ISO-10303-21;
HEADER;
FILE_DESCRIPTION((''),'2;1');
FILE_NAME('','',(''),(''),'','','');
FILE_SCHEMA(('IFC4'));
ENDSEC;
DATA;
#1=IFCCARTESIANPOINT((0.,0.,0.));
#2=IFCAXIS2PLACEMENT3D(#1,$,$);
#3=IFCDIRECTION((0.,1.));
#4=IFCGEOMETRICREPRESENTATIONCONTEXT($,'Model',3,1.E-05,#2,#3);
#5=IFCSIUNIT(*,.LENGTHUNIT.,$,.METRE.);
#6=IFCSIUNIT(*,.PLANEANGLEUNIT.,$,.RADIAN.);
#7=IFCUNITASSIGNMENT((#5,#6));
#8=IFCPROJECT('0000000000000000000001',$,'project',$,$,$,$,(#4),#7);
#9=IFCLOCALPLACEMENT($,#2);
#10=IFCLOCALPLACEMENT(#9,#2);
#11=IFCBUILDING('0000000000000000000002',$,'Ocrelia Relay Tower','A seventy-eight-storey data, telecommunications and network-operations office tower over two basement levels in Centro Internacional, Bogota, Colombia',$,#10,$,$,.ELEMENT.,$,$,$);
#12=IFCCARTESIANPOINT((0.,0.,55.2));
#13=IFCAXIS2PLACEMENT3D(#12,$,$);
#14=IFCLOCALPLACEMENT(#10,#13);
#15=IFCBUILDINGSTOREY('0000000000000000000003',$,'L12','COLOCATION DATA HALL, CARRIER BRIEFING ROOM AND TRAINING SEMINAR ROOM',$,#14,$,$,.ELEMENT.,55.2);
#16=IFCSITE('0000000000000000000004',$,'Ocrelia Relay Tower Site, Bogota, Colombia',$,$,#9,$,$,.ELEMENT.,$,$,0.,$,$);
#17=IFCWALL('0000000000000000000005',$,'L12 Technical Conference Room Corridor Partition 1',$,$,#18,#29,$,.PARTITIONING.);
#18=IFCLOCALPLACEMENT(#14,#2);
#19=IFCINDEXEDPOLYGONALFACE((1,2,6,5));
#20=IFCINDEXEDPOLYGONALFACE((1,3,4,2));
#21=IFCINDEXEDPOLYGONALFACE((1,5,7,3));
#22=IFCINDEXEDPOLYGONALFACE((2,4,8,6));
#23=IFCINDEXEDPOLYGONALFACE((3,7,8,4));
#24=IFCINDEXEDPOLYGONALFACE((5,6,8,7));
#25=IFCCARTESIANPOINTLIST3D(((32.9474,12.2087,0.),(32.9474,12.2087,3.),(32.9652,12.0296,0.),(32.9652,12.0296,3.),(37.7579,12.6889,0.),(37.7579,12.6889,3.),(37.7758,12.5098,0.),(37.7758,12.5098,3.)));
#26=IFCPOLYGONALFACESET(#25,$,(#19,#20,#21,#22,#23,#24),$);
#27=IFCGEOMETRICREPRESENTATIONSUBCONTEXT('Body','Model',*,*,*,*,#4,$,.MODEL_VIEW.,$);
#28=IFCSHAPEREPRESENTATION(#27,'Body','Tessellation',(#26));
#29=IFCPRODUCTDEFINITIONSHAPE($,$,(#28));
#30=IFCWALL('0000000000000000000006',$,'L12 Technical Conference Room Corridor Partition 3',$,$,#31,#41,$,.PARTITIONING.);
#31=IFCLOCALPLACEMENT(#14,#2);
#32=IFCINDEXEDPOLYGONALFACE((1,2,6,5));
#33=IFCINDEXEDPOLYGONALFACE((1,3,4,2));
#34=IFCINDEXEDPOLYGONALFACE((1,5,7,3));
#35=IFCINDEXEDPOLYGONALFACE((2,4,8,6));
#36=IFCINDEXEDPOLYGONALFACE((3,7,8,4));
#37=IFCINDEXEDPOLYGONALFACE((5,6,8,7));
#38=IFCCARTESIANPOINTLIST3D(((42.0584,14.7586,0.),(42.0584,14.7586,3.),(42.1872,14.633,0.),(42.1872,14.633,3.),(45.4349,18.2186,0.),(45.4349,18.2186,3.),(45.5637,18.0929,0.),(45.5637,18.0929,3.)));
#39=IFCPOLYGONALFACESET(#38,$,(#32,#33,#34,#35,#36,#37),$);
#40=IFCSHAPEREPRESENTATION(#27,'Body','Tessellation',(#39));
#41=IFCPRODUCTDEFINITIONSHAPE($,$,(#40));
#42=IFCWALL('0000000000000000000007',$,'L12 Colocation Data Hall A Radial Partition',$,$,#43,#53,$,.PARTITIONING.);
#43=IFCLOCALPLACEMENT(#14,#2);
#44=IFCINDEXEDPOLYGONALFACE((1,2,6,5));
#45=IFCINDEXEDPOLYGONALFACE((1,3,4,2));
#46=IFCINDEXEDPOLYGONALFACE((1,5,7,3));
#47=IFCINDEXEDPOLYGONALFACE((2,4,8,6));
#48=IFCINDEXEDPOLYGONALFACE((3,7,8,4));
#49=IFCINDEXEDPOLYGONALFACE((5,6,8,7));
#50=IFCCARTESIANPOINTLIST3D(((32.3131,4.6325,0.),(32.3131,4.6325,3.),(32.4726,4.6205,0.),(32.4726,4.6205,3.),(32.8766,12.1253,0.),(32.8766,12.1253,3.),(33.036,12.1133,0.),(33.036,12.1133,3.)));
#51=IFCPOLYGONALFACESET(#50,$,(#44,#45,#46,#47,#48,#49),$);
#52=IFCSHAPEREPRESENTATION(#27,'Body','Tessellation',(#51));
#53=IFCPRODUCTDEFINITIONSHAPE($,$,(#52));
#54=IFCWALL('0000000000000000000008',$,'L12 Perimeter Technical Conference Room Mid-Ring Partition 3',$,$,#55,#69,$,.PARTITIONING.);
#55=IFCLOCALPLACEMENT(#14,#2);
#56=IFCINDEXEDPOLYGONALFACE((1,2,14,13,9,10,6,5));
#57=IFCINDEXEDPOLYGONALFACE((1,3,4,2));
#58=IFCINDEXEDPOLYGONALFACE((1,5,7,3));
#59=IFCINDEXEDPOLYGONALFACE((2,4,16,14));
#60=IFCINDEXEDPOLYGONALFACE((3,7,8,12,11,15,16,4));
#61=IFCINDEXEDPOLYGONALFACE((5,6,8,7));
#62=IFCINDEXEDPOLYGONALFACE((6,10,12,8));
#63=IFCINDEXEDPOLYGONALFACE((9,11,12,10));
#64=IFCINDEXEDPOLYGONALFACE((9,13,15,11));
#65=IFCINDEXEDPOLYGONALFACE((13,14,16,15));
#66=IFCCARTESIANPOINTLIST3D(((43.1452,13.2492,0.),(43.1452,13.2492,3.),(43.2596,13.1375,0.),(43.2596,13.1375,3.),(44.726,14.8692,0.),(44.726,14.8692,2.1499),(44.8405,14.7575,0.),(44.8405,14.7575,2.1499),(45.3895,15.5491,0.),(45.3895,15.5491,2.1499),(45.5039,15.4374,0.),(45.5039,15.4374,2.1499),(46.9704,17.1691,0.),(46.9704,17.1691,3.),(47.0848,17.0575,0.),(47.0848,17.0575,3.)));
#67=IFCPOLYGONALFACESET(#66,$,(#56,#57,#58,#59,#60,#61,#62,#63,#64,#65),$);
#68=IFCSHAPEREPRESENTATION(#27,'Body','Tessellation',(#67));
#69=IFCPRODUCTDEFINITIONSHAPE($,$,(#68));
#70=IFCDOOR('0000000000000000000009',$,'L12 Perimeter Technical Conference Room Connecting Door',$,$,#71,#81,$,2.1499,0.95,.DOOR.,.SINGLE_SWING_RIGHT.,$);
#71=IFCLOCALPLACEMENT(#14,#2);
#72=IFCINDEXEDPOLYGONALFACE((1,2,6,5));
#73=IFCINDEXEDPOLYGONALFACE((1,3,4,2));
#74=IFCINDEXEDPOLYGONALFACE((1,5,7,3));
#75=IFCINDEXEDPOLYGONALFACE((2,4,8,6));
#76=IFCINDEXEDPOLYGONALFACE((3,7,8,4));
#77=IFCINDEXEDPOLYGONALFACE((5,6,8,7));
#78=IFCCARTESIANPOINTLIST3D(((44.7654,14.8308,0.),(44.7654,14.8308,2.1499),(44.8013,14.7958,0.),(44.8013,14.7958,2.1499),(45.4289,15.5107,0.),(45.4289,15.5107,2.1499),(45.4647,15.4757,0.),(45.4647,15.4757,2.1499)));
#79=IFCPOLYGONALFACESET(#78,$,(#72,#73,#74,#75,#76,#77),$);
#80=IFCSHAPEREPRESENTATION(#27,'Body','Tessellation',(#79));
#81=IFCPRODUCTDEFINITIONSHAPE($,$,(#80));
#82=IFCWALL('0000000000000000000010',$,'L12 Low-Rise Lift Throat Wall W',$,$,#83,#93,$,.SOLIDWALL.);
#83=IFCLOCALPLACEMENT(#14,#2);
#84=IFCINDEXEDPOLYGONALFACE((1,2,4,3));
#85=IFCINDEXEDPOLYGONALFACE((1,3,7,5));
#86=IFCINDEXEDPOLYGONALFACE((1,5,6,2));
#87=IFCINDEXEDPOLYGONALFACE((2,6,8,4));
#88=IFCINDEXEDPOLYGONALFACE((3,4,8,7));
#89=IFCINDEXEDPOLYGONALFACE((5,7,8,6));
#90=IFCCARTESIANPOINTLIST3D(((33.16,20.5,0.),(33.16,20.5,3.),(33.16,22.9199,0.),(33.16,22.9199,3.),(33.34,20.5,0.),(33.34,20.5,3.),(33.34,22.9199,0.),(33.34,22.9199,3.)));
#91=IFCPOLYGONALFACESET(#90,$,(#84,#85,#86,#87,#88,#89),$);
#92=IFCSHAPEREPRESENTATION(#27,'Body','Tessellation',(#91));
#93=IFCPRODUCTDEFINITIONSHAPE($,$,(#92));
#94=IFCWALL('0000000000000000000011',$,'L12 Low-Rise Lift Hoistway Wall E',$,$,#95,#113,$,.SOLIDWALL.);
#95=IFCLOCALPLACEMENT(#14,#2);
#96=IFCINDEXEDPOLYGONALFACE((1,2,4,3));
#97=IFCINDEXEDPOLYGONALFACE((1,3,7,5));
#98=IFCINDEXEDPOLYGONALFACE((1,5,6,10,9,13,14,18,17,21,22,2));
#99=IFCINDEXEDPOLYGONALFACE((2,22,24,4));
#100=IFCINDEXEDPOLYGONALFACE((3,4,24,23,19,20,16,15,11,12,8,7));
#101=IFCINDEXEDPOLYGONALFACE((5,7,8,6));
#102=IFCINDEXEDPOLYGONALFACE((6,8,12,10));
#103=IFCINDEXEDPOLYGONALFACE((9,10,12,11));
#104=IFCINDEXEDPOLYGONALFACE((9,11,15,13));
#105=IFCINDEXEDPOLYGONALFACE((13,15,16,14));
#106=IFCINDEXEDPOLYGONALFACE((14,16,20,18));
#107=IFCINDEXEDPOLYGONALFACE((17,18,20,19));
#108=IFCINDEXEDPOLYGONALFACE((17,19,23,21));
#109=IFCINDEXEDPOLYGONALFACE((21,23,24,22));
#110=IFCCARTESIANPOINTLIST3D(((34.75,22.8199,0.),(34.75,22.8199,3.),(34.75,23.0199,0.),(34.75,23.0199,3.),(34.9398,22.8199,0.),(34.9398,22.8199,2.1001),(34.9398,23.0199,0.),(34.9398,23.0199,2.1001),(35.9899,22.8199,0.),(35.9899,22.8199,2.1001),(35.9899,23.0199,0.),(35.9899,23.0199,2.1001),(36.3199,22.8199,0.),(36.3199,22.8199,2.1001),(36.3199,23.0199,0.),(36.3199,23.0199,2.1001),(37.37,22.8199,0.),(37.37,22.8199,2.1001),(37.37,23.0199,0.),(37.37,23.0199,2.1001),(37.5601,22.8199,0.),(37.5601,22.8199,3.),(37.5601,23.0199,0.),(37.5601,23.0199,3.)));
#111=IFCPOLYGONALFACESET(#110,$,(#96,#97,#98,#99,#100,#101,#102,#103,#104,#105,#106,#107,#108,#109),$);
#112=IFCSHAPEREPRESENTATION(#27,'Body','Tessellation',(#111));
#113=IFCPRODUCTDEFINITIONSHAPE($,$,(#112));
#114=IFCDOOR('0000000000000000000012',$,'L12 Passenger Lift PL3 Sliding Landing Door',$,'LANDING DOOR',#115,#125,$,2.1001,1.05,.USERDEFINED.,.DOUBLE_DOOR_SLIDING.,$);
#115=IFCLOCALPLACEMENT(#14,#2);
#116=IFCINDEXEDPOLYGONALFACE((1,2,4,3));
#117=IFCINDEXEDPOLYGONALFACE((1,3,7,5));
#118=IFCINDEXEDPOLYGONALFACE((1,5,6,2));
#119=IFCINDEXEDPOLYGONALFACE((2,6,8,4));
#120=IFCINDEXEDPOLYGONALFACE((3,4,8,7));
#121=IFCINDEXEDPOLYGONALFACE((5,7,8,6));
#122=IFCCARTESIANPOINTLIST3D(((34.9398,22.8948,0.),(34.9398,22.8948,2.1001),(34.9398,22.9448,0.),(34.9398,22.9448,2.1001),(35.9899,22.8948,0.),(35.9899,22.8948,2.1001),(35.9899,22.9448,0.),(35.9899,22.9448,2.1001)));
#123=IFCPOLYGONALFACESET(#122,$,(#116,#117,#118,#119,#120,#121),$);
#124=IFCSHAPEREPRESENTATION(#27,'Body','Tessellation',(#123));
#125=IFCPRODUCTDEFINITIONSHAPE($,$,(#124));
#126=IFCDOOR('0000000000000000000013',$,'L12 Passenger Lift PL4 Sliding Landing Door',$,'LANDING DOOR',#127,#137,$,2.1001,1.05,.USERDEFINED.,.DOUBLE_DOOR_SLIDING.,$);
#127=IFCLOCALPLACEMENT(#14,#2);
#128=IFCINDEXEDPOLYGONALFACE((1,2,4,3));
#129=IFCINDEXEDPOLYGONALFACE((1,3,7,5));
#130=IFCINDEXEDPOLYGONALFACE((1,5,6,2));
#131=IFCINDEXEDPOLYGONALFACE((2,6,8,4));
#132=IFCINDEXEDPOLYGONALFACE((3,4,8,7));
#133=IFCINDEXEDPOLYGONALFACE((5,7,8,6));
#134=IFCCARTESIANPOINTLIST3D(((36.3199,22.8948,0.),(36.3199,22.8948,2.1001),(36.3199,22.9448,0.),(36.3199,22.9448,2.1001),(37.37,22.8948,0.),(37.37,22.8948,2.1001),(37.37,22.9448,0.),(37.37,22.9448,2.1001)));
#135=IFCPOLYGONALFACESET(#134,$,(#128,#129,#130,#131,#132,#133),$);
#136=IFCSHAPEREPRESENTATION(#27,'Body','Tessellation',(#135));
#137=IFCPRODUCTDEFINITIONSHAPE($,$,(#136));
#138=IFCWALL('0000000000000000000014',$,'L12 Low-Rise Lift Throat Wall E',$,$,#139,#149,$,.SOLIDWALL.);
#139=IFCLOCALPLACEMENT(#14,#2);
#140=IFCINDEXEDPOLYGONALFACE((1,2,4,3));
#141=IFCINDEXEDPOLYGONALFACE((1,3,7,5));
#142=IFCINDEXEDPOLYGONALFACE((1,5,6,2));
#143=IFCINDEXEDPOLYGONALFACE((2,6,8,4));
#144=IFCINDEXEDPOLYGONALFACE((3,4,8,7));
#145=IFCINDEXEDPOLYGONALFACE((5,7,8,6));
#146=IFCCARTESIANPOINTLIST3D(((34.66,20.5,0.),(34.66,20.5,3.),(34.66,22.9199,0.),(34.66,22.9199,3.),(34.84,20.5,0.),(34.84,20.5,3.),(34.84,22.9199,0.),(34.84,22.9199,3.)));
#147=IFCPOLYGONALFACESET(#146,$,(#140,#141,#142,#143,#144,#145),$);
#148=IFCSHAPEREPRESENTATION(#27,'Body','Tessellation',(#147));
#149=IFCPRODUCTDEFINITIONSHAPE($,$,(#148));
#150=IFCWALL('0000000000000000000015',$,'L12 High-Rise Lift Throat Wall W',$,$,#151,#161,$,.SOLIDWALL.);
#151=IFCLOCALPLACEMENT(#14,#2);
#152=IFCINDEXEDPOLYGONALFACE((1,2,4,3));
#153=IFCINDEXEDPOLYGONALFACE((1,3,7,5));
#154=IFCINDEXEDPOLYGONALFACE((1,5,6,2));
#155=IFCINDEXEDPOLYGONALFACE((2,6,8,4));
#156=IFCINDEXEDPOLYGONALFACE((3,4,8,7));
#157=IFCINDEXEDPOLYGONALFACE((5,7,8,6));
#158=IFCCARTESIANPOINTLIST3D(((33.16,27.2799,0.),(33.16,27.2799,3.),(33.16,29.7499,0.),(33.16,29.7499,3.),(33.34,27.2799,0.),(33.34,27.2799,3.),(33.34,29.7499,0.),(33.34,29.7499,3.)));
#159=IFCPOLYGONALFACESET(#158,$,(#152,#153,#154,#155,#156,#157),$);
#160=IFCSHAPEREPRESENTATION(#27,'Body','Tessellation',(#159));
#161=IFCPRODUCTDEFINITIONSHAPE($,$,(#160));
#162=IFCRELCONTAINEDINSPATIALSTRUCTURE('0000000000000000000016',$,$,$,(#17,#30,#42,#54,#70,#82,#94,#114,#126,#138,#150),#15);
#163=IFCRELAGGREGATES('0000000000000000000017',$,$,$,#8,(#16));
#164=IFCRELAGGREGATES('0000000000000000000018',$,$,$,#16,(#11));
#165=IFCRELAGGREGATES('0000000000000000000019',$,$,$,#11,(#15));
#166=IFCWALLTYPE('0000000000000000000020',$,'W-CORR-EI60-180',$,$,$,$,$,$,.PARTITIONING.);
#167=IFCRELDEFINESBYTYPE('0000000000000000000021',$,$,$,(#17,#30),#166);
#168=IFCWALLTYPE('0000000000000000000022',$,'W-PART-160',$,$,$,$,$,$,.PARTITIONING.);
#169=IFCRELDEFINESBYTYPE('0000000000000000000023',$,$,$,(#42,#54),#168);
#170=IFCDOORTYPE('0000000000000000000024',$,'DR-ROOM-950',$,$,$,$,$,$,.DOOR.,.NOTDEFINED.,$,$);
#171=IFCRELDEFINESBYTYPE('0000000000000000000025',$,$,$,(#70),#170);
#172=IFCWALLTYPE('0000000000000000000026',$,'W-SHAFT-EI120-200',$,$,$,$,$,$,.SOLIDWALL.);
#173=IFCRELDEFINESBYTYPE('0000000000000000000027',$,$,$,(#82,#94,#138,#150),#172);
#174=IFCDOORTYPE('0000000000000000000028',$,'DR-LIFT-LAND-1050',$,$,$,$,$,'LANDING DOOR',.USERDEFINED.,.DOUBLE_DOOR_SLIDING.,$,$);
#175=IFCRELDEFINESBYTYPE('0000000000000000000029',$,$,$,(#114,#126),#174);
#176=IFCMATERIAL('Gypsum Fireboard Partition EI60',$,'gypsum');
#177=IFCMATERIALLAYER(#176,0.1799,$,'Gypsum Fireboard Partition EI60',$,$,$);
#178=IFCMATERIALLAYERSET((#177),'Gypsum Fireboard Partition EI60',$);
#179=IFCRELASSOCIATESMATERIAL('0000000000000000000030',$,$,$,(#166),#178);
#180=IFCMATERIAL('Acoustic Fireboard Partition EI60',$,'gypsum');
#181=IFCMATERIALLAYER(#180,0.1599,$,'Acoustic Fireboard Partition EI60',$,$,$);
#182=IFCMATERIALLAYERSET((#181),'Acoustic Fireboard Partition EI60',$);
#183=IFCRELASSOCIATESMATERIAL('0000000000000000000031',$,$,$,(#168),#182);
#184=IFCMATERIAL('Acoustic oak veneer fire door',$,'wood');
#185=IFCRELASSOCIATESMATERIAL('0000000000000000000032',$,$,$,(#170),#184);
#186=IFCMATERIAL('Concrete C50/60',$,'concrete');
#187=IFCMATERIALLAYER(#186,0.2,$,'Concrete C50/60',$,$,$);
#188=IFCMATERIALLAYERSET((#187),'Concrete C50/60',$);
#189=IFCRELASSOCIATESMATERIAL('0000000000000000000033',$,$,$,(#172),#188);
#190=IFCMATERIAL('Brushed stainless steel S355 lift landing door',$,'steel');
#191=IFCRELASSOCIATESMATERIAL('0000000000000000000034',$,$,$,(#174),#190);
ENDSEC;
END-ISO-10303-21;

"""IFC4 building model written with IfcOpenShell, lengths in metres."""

from ifc_helpers import new_model, si_unit, direction, frame, frame_2d, origin, place, context, subcontext, project, spatial, rectangle, extrude, material, layer, layer_set, type_object, element, fill, save


model = new_model("IFC4")

# Units and contexts
model_context = context("Model", 3, precision=1e-05, world=origin(), true_north=direction((0.0, 1.0)))
body_context = subcontext(model_context, "Body", "Model", "MODEL_VIEW")
ifc_project = project(units=[si_unit("LENGTHUNIT", "METRE"), si_unit("PLANEANGLEUNIT", "RADIAN")], contexts=[model_context])

# Site, building, storey
site_placement = place(None, origin())
site = spatial("IfcSite", under=ifc_project, at=site_placement, Name="Ocrelia Relay Tower Site, Bogota, Colombia", CompositionType="ELEMENT", RefElevation=0.0)
building_placement = place(site_placement, origin())
building = spatial("IfcBuilding", under=site, at=building_placement, Name="Ocrelia Relay Tower", Description="A seventy-eight-storey data, telecommunications and network-operations office tower over two basement levels in Centro Internacional, Bogota, Colombia", CompositionType="ELEMENT")
storey_placement = place(building_placement, frame((0.0, 0.0, 55.2)))
storey = spatial("IfcBuildingStorey", under=building, at=storey_placement, Name="L12", Description="COLOCATION DATA HALL, CARRIER BRIEFING ROOM AND TRAINING SEMINAR ROOM", CompositionType="ELEMENT", Elevation=55.2)

# Wall
ifc_material_1 = material(Name="Gypsum Fireboard Partition EI60", Category="gypsum")
ifc_layer_1 = layer(ifc_material_1, 0.1799, Name="Gypsum Fireboard Partition EI60")
ifc_layer_set_1 = layer_set([ifc_layer_1], Name="Gypsum Fireboard Partition EI60")
wall_type_1 = type_object("IfcWallType", Name="W-CORR-EI60-180", PredefinedType="PARTITIONING", material=ifc_layer_set_1)
wall_1_placement = place(storey_placement, frame((32.9563, 12.1191, 0.0), z_axis=(0.0, 0.0, 1.0), x_axis=(0.995054, 0.099334, 0.0)))
element("IfcWall", 1, at=wall_1_placement, inside=storey, type_object=wall_type_1, Name="L12 Technical Conference Room Corridor Partition 1", PredefinedType="PARTITIONING", context=body_context, shape_type="SweptSolid", body=[
    extrude(rectangle(XDim=4.8345, YDim=0.1799, at=frame_2d((2.4172, 0.0))), origin(), (0.0, 0.0, 1.0), 3.0),
])

# Shared definitions
ifc_material_2 = material(Name="Acoustic oak veneer fire door", Category="wood")

# Walls
wall_2_placement = place(storey_placement, frame((42.1228, 14.6958, 0.0), z_axis=(0.0, 0.0, 1.0), x_axis=(0.698419, 0.71569, 0.0)))
element("IfcWall", 2, at=wall_2_placement, inside=storey, type_object=wall_type_1, Name="L12 Technical Conference Room Corridor Partition 3", PredefinedType="PARTITIONING", context=body_context, shape_type="SweptSolid", body=[
    extrude(rectangle(XDim=4.8345, YDim=0.1799, at=frame_2d((2.4172, 0.0))), origin(), (0.0, 0.0, 1.0), 3.0),
])
ifc_material_3 = material(Name="Acoustic Fireboard Partition EI60", Category="gypsum")
ifc_layer_2 = layer(ifc_material_3, 0.1599, Name="Acoustic Fireboard Partition EI60")
ifc_layer_set_2 = layer_set([ifc_layer_2], Name="Acoustic Fireboard Partition EI60")
wall_type_2 = type_object("IfcWallType", Name="W-PART-160", PredefinedType="PARTITIONING", material=ifc_layer_set_2)
wall_3_placement = place(storey_placement, frame((32.9563, 12.1191, 0.0), z_axis=(0.0, 0.0, 1.0), x_axis=(-0.074992, -0.997184, 0.0)))
element("IfcWall", 3, at=wall_3_placement, inside=storey, type_object=wall_type_2, Name="L12 Colocation Data Hall A Radial Partition", PredefinedType="PARTITIONING", context=body_context, shape_type="SweptSolid", body=[
    extrude(rectangle(XDim=7.5139, YDim=0.1599, at=frame_2d((3.7568, 0.0))), origin(), (0.0, 0.0, 1.0), 3.0),
])

# Wall, opening, door
wall_4_placement = place(storey_placement, frame((43.2024, 13.1934, 0.0), z_axis=(0.0, 0.0, 1.0), x_axis=(0.698406, 0.715702, 0.0)))
wall_4 = element("IfcWall", 4, at=wall_4_placement, inside=storey, type_object=wall_type_2, Name="L12 Perimeter Technical Conference Room Mid-Ring Partition 3", PredefinedType="PARTITIONING", context=body_context, shape_type="SweptSolid", body=[
    extrude(rectangle(XDim=5.4771, YDim=0.1599, at=frame_2d((2.7385, 0.0))), origin(), (0.0, 0.0, 1.0), 3.0),
])
opening_1_placement = place(wall_4_placement, frame((2.2634, 0.0, 0.0)))
opening_1 = element("IfcOpeningElement", 5, at=opening_1_placement, cuts=wall_4, PredefinedType="OPENING", context=body_context, shape_type="SweptSolid", body=[
    extrude(rectangle(XDim=0.95, YDim=2.1499, at=frame_2d((0.4751, 1.075))), frame((0.0, 0.0898, 0.0), z_axis=(0.0, -1.0, 0.0), x_axis=(1.0, 0.0, 0.0)), (0.0, 0.0, 1.0), 0.1799),
])
door_type_1 = type_object("IfcDoorType", Name="DR-ROOM-950", OperationType="NOTDEFINED", PredefinedType="DOOR", material=ifc_material_2)
door_1_placement = place(opening_1_placement, origin())
door_1 = element("IfcDoor", 6, at=door_1_placement, inside=storey, type_object=door_type_1, Name="L12 Perimeter Technical Conference Room Connecting Door", OperationType="SINGLE_SWING_RIGHT", OverallHeight=2.1499, OverallWidth=0.95, PredefinedType="DOOR", context=body_context, shape_type="SweptSolid", body=[
    extrude(rectangle(XDim=0.95, YDim=2.1499, at=frame_2d((0.4751, 1.075))), frame((0.0, 0.0249, 0.0), z_axis=(0.0, -1.0, 0.0), x_axis=(1.0, 0.0, 0.0)), (0.0, 0.0, 1.0), 0.05),
])
fill(opening_1, door_1)

# Wall
ifc_material_4 = material(Name="Concrete C50/60", Category="concrete")
ifc_layer_3 = layer(ifc_material_4, 0.2, Name="Concrete C50/60")
ifc_layer_set_3 = layer_set([ifc_layer_3], Name="Concrete C50/60")
wall_type_3 = type_object("IfcWallType", Name="W-SHAFT-EI120-200", PredefinedType="SOLIDWALL", material=ifc_layer_set_3)
wall_5_placement = place(storey_placement, frame((33.25, 20.5, 0.0), z_axis=(0.0, 0.0, 1.0), x_axis=(0.0, 1.0, 0.0)))
element("IfcWall", 7, at=wall_5_placement, inside=storey, type_object=wall_type_3, Name="L12 Low-Rise Lift Throat Wall W", PredefinedType="SOLIDWALL", context=body_context, shape_type="SweptSolid", body=[
    extrude(rectangle(XDim=2.4199, YDim=0.1799, at=frame_2d((1.21, 0.0))), origin(), (0.0, 0.0, 1.0), 3.0),
])

# Wall, openings, doors
wall_6_placement = place(storey_placement, frame((34.75, 22.9199, 0.0), z_axis=(0.0, 0.0, 1.0), x_axis=(1.0, 0.0, 0.0)))
wall_6 = element("IfcWall", 8, at=wall_6_placement, inside=storey, type_object=wall_type_3, Name="L12 Low-Rise Lift Hoistway Wall E", PredefinedType="SOLIDWALL", context=body_context, shape_type="SweptSolid", body=[
    extrude(rectangle(XDim=2.8101, YDim=0.2, at=frame_2d((1.405, 0.0))), origin(), (0.0, 0.0, 1.0), 3.0),
])
opening_2_placement = place(wall_6_placement, frame((0.1899, 0.0, 0.0)))
opening_2 = element("IfcOpeningElement", 9, at=opening_2_placement, cuts=wall_6, PredefinedType="OPENING", context=body_context, shape_type="SweptSolid", body=[
    extrude(rectangle(XDim=1.05, YDim=2.1001, at=frame_2d((0.5249, 1.05))), frame((0.0, 0.1099, 0.0), z_axis=(0.0, -1.0, 0.0), x_axis=(1.0, 0.0, 0.0)), (0.0, 0.0, 1.0), 0.22),
])
opening_3_placement = place(wall_6_placement, frame((1.5701, 0.0, 0.0)))
opening_3 = element("IfcOpeningElement", 10, at=opening_3_placement, cuts=wall_6, PredefinedType="OPENING", context=body_context, shape_type="SweptSolid", body=[
    extrude(rectangle(XDim=1.05, YDim=2.1001, at=frame_2d((0.5249, 1.05))), frame((0.0, 0.1099, 0.0), z_axis=(0.0, -1.0, 0.0), x_axis=(1.0, 0.0, 0.0)), (0.0, 0.0, 1.0), 0.22),
])
ifc_material_5 = material(Name="Brushed stainless steel S355 lift landing door", Category="steel")
door_type_2 = type_object("IfcDoorType", Name="DR-LIFT-LAND-1050", ElementType="LANDING DOOR", OperationType="DOUBLE_DOOR_SLIDING", PredefinedType="USERDEFINED", material=ifc_material_5)
door_2_placement = place(opening_2_placement, origin())
door_2 = element("IfcDoor", 11, at=door_2_placement, inside=storey, type_object=door_type_2, Name="L12 Passenger Lift PL3 Sliding Landing Door", ObjectType="LANDING DOOR", OperationType="DOUBLE_DOOR_SLIDING", OverallHeight=2.1001, OverallWidth=1.05, PredefinedType="USERDEFINED", context=body_context, shape_type="SweptSolid", body=[
    extrude(rectangle(XDim=1.05, YDim=2.1001, at=frame_2d((0.5249, 1.05))), frame((0.0, 0.0249, 0.0), z_axis=(0.0, -1.0, 0.0), x_axis=(1.0, 0.0, 0.0)), (0.0, 0.0, 1.0), 0.05),
])
fill(opening_2, door_2)
door_3_placement = place(opening_3_placement, origin())
door_3 = element("IfcDoor", 12, at=door_3_placement, inside=storey, type_object=door_type_2, Name="L12 Passenger Lift PL4 Sliding Landing Door", ObjectType="LANDING DOOR", OperationType="DOUBLE_DOOR_SLIDING", OverallHeight=2.1001, OverallWidth=1.05, PredefinedType="USERDEFINED", context=body_context, shape_type="SweptSolid", body=[
    extrude(rectangle(XDim=1.05, YDim=2.1001, at=frame_2d((0.5249, 1.05))), frame((0.0, 0.0249, 0.0), z_axis=(0.0, -1.0, 0.0), x_axis=(1.0, 0.0, 0.0)), (0.0, 0.0, 1.0), 0.05),
])
fill(opening_3, door_3)

# Walls
wall_7_placement = place(storey_placement, frame((34.75, 20.5, 0.0), z_axis=(0.0, 0.0, 1.0), x_axis=(0.0, 1.0, 0.0)))
element("IfcWall", 13, at=wall_7_placement, inside=storey, type_object=wall_type_3, Name="L12 Low-Rise Lift Throat Wall E", PredefinedType="SOLIDWALL", context=body_context, shape_type="SweptSolid", body=[
    extrude(rectangle(XDim=2.4199, YDim=0.1799, at=frame_2d((1.21, 0.0))), origin(), (0.0, 0.0, 1.0), 3.0),
])
wall_8_placement = place(storey_placement, frame((33.25, 27.28, 0.0), z_axis=(0.0, 0.0, 1.0), x_axis=(0.0, 1.0, 0.0)))
element("IfcWall", 14, at=wall_8_placement, inside=storey, type_object=wall_type_3, Name="L12 High-Rise Lift Throat Wall W", PredefinedType="SOLIDWALL", context=body_context, shape_type="SweptSolid", body=[
    extrude(rectangle(XDim=2.47, YDim=0.1799, at=frame_2d((1.2349, 0.0))), origin(), (0.0, 0.0, 1.0), 3.0),
])

save(model, "model.ifc")
